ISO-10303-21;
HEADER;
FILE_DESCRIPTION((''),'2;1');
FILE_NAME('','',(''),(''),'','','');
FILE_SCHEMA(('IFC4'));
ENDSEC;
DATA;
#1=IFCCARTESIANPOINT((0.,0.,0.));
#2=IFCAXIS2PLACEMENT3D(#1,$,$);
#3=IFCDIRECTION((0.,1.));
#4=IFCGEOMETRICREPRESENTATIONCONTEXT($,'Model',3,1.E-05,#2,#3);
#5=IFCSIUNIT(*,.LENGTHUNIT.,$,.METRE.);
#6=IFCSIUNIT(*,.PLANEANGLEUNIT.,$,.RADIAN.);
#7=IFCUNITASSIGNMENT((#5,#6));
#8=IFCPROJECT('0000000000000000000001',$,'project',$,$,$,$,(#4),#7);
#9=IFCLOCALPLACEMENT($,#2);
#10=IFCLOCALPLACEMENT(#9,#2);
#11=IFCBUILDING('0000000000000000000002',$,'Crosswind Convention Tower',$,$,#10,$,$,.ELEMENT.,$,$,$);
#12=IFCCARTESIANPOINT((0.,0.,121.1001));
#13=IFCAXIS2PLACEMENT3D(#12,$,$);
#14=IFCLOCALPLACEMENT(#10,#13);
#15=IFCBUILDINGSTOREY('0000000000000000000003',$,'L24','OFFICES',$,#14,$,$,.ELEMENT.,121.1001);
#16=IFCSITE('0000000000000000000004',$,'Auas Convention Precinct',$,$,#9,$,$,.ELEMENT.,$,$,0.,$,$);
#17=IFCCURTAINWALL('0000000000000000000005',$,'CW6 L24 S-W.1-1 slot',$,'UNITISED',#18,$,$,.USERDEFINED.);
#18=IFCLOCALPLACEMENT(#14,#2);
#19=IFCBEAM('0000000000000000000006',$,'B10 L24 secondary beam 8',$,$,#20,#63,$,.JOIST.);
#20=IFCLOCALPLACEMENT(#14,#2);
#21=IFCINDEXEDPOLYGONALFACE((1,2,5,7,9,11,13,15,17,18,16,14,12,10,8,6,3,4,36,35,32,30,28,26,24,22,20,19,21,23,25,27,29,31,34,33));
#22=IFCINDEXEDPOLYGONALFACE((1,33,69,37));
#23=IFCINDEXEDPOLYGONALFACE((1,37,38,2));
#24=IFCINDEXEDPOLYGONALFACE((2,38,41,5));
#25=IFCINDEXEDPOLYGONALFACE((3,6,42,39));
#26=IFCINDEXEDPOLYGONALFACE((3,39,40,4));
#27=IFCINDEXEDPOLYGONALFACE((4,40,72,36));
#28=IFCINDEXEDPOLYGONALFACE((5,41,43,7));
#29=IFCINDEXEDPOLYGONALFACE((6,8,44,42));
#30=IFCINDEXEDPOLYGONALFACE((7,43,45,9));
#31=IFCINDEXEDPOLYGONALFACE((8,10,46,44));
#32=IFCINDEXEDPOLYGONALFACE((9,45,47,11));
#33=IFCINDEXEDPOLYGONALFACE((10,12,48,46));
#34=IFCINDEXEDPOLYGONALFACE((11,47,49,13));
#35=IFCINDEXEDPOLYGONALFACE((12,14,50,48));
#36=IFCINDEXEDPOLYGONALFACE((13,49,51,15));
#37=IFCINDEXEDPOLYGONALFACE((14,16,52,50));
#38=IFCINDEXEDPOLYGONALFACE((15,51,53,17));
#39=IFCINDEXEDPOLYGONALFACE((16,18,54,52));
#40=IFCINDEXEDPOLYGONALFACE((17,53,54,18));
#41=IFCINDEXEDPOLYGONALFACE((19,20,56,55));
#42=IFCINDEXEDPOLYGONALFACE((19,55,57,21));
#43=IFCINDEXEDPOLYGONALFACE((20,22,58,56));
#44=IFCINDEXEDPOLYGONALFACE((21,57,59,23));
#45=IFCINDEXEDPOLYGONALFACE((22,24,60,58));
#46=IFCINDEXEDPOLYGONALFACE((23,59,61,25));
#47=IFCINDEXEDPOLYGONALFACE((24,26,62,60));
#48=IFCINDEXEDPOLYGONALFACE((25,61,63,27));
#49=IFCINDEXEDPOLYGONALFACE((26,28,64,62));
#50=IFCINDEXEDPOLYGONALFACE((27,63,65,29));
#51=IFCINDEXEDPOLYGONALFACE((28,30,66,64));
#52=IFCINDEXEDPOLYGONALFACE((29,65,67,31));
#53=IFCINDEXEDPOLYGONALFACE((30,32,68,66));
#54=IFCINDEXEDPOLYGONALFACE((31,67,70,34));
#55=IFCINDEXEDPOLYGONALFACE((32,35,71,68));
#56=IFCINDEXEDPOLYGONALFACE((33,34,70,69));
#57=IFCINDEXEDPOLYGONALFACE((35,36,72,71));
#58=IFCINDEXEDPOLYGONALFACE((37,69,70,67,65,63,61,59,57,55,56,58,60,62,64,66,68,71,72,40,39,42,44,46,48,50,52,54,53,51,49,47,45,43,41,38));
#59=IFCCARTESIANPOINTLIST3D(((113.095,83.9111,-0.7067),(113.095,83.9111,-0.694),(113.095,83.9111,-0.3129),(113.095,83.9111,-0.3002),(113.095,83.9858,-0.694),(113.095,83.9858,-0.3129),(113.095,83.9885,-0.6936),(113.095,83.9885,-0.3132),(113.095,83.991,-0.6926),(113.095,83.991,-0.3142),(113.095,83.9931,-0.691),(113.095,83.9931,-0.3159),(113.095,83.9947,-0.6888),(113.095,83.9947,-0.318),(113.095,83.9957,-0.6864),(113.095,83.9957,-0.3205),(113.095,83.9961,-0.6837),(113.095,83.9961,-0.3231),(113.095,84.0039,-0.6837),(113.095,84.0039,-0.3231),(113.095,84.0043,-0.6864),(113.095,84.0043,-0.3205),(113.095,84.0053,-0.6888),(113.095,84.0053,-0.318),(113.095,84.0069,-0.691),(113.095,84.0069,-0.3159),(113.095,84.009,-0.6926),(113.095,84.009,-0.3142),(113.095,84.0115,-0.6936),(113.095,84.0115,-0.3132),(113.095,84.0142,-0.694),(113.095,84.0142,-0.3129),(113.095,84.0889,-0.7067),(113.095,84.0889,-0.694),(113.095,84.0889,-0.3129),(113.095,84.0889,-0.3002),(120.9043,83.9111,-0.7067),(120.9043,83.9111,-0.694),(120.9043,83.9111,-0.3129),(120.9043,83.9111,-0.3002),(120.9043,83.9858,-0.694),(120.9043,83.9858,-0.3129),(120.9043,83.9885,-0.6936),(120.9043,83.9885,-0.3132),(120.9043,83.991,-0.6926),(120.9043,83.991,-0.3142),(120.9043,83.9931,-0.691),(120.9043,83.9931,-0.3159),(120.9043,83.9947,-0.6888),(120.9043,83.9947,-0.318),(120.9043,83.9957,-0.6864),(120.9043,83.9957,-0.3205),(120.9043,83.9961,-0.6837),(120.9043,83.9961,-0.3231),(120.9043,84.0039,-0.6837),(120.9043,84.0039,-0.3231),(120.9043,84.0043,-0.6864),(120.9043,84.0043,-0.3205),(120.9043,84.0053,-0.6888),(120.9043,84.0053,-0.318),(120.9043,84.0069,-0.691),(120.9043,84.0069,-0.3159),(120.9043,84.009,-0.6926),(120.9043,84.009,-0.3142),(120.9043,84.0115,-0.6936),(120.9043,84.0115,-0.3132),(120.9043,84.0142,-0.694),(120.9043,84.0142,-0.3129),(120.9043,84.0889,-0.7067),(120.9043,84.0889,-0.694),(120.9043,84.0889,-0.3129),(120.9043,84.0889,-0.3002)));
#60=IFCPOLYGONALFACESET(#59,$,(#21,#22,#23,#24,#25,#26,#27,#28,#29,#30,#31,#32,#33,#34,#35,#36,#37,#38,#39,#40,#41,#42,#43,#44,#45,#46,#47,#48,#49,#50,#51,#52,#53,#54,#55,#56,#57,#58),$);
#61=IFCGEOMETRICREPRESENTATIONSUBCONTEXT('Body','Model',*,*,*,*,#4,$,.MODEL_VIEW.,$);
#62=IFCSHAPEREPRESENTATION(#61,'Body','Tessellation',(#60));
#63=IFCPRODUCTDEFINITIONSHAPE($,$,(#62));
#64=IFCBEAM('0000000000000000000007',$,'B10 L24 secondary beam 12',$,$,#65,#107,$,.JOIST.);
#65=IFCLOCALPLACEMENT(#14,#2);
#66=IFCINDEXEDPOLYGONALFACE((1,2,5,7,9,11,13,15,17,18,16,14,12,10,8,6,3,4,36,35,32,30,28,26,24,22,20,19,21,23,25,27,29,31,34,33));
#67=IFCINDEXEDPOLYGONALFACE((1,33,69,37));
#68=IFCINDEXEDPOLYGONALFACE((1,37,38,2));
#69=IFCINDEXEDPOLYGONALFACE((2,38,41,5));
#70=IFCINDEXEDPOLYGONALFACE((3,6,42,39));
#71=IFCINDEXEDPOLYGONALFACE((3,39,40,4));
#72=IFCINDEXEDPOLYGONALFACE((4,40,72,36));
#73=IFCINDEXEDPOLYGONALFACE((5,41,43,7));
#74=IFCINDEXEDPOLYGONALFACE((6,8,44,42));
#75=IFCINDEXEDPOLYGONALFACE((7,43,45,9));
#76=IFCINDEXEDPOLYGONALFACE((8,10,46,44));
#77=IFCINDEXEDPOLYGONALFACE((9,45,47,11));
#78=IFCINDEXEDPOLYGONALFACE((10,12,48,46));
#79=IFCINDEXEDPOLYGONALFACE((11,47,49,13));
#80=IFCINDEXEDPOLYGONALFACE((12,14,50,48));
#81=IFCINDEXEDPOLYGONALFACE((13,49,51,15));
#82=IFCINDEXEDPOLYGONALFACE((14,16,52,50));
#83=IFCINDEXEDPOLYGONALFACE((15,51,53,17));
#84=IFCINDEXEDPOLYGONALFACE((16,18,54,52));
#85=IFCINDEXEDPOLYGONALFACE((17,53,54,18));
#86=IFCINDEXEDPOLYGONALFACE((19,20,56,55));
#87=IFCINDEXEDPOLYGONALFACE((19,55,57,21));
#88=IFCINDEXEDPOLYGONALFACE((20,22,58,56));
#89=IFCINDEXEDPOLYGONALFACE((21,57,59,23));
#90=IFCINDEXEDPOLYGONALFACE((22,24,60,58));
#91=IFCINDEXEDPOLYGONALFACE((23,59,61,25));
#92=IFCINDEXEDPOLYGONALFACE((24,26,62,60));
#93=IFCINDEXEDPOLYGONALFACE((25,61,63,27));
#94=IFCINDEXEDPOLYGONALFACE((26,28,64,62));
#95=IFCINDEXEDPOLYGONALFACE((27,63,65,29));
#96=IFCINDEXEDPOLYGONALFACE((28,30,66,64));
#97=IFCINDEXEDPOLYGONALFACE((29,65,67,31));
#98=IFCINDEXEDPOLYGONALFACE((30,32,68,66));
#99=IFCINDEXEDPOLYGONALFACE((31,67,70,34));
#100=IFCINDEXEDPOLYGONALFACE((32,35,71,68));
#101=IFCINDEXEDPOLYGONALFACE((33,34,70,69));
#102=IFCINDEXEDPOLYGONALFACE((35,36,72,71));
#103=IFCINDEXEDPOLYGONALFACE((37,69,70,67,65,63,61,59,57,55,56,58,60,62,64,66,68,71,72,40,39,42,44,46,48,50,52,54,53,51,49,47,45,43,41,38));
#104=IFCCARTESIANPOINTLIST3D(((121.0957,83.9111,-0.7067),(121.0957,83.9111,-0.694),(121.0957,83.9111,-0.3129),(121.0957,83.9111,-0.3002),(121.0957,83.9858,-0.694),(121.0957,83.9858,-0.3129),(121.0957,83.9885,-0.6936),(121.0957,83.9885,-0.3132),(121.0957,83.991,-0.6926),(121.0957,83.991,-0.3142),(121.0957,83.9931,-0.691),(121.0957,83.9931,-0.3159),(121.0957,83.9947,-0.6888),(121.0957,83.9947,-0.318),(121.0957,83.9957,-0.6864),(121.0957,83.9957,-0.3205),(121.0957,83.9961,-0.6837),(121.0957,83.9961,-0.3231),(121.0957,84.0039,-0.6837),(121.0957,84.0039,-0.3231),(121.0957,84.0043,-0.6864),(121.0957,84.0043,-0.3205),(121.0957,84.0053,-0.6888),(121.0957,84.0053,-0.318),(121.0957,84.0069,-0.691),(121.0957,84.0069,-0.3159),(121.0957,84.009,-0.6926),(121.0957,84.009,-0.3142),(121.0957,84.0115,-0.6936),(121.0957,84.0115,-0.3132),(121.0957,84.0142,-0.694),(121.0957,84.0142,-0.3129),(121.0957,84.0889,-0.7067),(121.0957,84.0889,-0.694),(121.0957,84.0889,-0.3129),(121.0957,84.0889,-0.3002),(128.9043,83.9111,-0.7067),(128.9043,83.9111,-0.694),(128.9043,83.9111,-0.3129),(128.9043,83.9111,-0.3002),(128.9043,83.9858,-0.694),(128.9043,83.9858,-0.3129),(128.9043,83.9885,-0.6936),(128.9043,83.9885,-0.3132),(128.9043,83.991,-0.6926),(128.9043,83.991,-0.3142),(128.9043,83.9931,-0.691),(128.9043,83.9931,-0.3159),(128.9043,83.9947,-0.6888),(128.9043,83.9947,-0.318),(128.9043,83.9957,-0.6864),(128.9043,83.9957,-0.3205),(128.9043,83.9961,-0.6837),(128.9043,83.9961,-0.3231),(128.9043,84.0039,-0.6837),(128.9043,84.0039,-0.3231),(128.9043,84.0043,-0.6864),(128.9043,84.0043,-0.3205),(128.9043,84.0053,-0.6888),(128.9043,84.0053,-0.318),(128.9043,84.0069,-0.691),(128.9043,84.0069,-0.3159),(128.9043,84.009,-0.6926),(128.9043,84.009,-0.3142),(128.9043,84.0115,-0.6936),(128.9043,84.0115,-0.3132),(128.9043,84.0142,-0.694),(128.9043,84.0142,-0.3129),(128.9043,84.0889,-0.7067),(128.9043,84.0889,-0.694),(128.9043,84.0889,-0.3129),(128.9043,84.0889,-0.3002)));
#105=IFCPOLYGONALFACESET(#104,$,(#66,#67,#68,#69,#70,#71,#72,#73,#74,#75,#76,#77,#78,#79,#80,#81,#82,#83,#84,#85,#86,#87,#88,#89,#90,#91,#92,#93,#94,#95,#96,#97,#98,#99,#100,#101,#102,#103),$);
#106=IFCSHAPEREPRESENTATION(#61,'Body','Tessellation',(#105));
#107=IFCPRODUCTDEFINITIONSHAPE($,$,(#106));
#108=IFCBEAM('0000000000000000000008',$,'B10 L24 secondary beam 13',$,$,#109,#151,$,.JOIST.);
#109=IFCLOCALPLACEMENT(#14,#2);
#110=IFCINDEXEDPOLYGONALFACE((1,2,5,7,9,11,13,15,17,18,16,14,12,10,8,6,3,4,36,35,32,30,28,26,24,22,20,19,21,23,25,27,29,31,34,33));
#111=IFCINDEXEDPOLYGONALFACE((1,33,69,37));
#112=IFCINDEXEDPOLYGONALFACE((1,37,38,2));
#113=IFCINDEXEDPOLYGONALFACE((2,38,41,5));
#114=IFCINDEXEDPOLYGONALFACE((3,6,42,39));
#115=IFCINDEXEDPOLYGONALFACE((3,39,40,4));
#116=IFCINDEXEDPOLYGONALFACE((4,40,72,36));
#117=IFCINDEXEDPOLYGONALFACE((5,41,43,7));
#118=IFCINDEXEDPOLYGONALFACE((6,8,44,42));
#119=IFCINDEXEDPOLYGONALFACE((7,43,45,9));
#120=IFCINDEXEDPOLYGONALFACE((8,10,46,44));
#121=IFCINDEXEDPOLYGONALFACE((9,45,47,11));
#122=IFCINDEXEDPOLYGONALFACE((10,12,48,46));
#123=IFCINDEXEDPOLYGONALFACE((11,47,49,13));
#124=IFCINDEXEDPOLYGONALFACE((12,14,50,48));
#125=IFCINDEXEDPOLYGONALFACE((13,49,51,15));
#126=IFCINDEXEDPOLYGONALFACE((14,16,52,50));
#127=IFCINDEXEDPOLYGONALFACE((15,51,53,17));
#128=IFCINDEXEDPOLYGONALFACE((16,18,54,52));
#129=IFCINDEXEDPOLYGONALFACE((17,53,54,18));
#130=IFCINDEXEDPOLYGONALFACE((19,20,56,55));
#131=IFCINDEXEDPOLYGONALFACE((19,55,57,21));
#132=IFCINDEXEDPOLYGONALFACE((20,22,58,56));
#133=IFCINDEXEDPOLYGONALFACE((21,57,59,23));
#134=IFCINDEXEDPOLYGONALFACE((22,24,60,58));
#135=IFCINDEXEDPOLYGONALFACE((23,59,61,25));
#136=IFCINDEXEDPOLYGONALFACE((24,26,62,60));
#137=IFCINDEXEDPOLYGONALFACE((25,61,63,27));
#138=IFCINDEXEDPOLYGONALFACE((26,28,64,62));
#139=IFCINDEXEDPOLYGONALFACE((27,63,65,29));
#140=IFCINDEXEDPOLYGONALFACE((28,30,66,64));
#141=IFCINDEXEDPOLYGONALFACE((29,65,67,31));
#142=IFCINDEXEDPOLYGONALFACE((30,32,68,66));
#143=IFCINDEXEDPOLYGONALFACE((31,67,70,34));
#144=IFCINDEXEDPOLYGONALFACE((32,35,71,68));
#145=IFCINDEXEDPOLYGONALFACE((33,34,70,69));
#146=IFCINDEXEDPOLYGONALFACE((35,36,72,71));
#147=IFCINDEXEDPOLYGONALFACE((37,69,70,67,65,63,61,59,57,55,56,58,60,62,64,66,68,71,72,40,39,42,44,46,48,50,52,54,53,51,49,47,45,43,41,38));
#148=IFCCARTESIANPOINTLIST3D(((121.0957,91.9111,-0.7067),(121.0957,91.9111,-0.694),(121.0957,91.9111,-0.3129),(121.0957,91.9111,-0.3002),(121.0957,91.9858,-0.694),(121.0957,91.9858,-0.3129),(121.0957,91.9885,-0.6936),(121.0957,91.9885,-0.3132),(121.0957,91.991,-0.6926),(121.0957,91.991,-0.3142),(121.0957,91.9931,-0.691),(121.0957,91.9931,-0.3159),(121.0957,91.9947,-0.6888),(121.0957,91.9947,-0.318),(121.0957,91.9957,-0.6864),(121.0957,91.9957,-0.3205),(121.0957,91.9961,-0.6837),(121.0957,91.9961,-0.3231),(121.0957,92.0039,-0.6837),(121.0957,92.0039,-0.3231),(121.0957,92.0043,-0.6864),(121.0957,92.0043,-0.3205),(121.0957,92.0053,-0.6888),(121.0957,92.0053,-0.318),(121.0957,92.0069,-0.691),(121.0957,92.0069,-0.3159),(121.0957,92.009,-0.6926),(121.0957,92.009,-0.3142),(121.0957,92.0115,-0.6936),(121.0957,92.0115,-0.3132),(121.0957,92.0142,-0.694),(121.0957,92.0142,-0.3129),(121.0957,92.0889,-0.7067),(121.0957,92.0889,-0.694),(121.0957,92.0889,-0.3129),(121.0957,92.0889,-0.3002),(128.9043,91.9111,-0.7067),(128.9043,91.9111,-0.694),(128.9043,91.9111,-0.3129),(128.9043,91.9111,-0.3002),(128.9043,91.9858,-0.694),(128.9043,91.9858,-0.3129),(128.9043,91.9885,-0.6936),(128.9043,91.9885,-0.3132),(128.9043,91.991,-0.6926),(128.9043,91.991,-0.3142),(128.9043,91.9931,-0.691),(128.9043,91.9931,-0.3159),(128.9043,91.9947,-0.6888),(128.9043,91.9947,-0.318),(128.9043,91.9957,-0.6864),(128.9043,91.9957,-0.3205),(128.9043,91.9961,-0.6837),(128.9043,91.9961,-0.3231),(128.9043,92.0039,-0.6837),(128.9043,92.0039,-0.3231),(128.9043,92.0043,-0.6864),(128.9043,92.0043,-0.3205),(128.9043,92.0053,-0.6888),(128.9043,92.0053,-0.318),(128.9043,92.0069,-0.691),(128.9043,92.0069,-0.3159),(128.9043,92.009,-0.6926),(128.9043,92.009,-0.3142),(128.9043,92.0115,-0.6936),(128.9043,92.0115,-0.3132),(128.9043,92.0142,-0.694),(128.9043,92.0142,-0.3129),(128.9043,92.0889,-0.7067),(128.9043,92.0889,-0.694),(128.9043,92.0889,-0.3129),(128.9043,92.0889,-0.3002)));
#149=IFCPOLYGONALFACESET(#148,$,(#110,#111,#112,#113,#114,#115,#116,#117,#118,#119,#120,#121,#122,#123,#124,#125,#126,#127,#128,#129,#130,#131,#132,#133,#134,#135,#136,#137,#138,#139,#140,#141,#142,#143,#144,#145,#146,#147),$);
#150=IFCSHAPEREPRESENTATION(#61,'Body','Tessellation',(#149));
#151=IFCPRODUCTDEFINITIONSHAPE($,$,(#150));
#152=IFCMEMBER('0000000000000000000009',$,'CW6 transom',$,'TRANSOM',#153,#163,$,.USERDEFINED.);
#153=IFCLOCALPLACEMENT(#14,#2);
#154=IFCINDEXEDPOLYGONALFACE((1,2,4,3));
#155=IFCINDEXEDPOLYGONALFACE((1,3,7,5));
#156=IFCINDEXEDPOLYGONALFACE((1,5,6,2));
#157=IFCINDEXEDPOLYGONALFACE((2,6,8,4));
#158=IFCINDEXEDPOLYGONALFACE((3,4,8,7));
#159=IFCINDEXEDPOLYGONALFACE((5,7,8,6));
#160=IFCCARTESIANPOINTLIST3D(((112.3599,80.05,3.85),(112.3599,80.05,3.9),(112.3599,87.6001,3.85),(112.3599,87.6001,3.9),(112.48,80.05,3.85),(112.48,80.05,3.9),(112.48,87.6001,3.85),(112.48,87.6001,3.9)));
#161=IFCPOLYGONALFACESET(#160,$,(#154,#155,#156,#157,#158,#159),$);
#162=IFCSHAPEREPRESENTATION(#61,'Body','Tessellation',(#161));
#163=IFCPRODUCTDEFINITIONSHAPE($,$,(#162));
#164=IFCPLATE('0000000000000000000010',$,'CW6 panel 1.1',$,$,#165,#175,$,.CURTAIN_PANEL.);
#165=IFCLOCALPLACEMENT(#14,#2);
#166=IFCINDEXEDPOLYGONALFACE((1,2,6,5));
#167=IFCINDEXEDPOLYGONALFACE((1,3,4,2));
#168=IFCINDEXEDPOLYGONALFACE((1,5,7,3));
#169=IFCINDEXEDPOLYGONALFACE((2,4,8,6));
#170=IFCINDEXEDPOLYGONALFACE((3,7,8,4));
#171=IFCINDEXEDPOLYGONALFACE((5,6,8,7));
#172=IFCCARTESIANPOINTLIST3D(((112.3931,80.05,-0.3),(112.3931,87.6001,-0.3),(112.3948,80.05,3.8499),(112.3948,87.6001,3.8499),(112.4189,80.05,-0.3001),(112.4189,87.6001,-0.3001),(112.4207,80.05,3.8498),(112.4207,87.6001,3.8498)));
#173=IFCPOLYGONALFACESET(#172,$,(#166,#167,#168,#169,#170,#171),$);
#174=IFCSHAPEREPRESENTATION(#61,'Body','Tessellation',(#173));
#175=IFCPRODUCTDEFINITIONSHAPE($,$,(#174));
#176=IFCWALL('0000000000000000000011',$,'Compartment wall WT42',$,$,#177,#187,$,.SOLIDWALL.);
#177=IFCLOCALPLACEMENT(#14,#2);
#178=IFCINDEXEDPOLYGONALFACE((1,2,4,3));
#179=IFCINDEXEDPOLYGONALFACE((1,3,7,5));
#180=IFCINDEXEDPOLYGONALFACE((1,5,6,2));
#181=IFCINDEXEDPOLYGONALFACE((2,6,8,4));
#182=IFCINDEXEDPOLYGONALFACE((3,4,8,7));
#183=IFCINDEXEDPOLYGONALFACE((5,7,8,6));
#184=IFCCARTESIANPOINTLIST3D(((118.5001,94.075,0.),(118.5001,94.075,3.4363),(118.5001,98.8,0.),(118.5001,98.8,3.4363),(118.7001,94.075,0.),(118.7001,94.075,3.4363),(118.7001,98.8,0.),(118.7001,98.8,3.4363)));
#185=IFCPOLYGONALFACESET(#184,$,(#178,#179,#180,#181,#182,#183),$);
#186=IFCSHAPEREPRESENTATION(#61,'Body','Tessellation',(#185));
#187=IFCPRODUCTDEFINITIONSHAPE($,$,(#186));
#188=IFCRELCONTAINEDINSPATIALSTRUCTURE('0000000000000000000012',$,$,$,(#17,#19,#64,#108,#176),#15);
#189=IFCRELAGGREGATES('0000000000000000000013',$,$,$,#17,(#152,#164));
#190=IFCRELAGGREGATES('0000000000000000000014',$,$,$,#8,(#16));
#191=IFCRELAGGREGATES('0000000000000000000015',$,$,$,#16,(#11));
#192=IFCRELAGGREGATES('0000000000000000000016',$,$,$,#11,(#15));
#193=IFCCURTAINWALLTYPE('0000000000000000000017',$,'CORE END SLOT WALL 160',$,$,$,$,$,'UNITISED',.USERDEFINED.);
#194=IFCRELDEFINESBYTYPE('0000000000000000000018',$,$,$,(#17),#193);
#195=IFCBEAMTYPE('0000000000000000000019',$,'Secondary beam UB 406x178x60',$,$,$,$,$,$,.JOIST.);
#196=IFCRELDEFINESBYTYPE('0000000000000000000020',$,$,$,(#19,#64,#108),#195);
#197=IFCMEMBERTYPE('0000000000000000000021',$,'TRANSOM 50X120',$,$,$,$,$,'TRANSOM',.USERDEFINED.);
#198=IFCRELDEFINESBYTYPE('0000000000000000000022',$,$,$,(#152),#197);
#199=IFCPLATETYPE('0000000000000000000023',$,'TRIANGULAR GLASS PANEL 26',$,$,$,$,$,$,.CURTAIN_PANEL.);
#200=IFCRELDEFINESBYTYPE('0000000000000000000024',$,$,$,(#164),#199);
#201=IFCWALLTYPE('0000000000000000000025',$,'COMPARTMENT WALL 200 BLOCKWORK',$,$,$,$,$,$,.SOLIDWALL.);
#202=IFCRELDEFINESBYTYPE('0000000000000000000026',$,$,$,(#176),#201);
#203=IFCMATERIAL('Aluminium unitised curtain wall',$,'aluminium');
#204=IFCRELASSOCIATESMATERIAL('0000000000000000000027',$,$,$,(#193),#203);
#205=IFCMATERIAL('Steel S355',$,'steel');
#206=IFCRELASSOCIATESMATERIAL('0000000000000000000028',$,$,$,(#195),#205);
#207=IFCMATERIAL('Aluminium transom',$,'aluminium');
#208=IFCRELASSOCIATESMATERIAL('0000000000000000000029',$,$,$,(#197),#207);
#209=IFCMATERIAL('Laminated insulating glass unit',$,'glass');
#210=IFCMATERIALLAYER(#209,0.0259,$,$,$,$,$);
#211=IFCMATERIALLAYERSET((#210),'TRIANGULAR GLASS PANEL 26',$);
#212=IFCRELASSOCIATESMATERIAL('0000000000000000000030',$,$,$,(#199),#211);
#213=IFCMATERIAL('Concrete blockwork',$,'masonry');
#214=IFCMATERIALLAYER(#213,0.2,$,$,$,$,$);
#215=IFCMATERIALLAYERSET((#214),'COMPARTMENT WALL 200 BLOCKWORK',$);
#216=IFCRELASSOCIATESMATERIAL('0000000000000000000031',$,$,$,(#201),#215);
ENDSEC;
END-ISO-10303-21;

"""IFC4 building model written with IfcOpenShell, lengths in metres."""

from ifc_helpers import new_model, si_unit, direction, frame, frame_2d, origin, origin_2d, place, context, subcontext, project, spatial, polyline, rectangle, i_section, outline, extrude, material, layer, layer_set, material_profile, profile_set, type_object, element, aggregate, save


model = new_model("IFC4")

# Units and contexts
model_context = context("Model", 3, precision=1e-05, world=origin(), true_north=direction((0.0, 1.0)))
body_context = subcontext(model_context, "Body", "Model", "MODEL_VIEW")
ifc_project = project(units=[si_unit("LENGTHUNIT", "METRE"), si_unit("PLANEANGLEUNIT", "RADIAN")], contexts=[model_context])

# Site, building, storey
site_placement = place(None, origin())
site = spatial("IfcSite", under=ifc_project, at=site_placement, Name="Auas Convention Precinct", CompositionType="ELEMENT", RefElevation=0.0)
building_placement = place(site_placement, origin())
building = spatial("IfcBuilding", under=site, at=building_placement, Name="Crosswind Convention Tower", CompositionType="ELEMENT")
storey_placement = place(building_placement, frame((0.0, 0.0, 121.1001)))
storey = spatial("IfcBuildingStorey", under=building, at=storey_placement, Name="L24", Description="OFFICES", CompositionType="ELEMENT", Elevation=121.1001)

# Shared definitions
ifc_material_1 = material(Name="Steel S355", Category="steel")

# Curtain wall
ifc_material_2 = material(Name="Aluminium unitised curtain wall", Category="aluminium")
curtain_wall_type = type_object("IfcCurtainWallType", Name="CORE END SLOT WALL 160", ElementType="UNITISED", PredefinedType="USERDEFINED", material=ifc_material_2)
curtain_wall_placement = place(storey_placement, origin())
curtain_wall = element("IfcCurtainWall", 1, at=curtain_wall_placement, inside=storey, type_object=curtain_wall_type, Name="CW6 L24 S-W.1-1 slot", ObjectType="UNITISED", PredefinedType="USERDEFINED")

# Beams
ifc_material_profile_1 = material_profile(ifc_material_1, i_section(OverallWidth=0.1777, OverallDepth=0.4065, WebThickness=0.0078, FlangeThickness=0.0127, FilletRadius=0.0103, at=origin_2d()), Name="UB 406x178x60")
ifc_profile_set_1 = profile_set([ifc_material_profile_1], Name="Steel S355")
beam_type_1 = type_object("IfcBeamType", Name="Secondary beam UB 406x178x60", PredefinedType="JOIST", material=ifc_profile_set_1)
beam_1_placement = place(storey_placement, frame((113.095, 84.0, -0.5034), z_axis=(1.0, 0.0, 0.0), x_axis=(0.0, 1.0, 0.0)))
element("IfcBeam", 2, at=beam_1_placement, inside=storey, type_object=beam_type_1, Name="B10 L24 secondary beam 8", PredefinedType="JOIST", context=body_context, shape_type="SweptSolid", body=[
    extrude(i_section(OverallWidth=0.1777, OverallDepth=0.4065, WebThickness=0.0078, FlangeThickness=0.0127, FilletRadius=0.0103, at=origin_2d()), origin(), (0.0, 0.0, 1.0), 7.8093),
])
for number, where, z_axis, x_axis, name in (
    (3, (121.0957, 84.0, -0.5034), (1.0, 0.0, 0.0), (0.0, 1.0, 0.0), "B10 L24 secondary beam 12"),
    (4, (121.0957, 92.0, -0.5034), (1.0, 0.0, 0.0), (0.0, 1.0, 0.0), "B10 L24 secondary beam 13"),
):
    element("IfcBeam", number, at=place(storey_placement, frame(where, z_axis=z_axis, x_axis=x_axis)), inside=storey, type_object=beam_type_1, Name=name, PredefinedType="JOIST", context=body_context, shape_type="SweptSolid", body=[
        extrude(i_section(OverallWidth=0.1777, OverallDepth=0.4065, WebThickness=0.0078, FlangeThickness=0.0127, FilletRadius=0.0103, at=origin_2d()), origin(), (0.0, 0.0, 1.0), 7.8086),
    ])

# Member
ifc_material_3 = material(Name="Aluminium transom", Category="aluminium")
ifc_material_profile_2 = material_profile(ifc_material_3, rectangle(XDim=0.1201, YDim=0.05, at=origin_2d()), Name="AL 120X50")
ifc_profile_set_2 = profile_set([ifc_material_profile_2], Name="Aluminium transom")
member_type_1 = type_object("IfcMemberType", Name="TRANSOM 50X120", ElementType="TRANSOM", PredefinedType="USERDEFINED", material=ifc_profile_set_2)
member_1_placement = place(storey_placement, frame((112.4199, 87.6001, 3.875), z_axis=(0.0, -1.0, 0.0), x_axis=(1.0, 0.0, 0.0)))
member_1 = element("IfcMember", 5, at=member_1_placement, type_object=member_type_1, Name="CW6 transom", ObjectType="TRANSOM", PredefinedType="USERDEFINED", context=body_context, shape_type="SweptSolid", body=[
    extrude(rectangle(XDim=0.1201, YDim=0.05, at=origin_2d()), origin(), (0.0, 0.0, 1.0), 7.55),
])

# Plate
ifc_material_4 = material(Name="Laminated insulating glass unit", Category="glass")
ifc_layer_1 = layer(ifc_material_4, 0.0259)
ifc_layer_set_1 = layer_set([ifc_layer_1], Name="TRIANGULAR GLASS PANEL 26")
plate_type = type_object("IfcPlateType", Name="TRIANGULAR GLASS PANEL 26", PredefinedType="CURTAIN_PANEL", material=ifc_layer_set_1)
plate_placement = place(storey_placement, frame((112.3931, 87.6001, -0.3), z_axis=(-1.0, 0.0, 0.000412), x_axis=(0.0, -1.0, 0.0)))
plate = element("IfcPlate", 6, at=plate_placement, type_object=plate_type, Name="CW6 panel 1.1", PredefinedType="CURTAIN_PANEL", context=body_context, shape_type="SweptSolid", body=[
    extrude(outline(polyline([(0.0, 0.0), (7.55, 0.0), (7.55, 4.1499), (0.0, 4.1499), (0.0, 0.0)])), origin(), (0.0, 0.0, -1.0), 0.0259),
])
aggregate(curtain_wall, [member_1, plate])

# Wall
ifc_material_5 = material(Name="Concrete blockwork", Category="masonry")
ifc_layer_2 = layer(ifc_material_5, 0.2)
ifc_layer_set_2 = layer_set([ifc_layer_2], Name="COMPARTMENT WALL 200 BLOCKWORK")
wall_type_1 = type_object("IfcWallType", Name="COMPARTMENT WALL 200 BLOCKWORK", PredefinedType="SOLIDWALL", material=ifc_layer_set_2)
wall_1_placement = place(storey_placement, frame((118.6001, 94.075, 0.0), z_axis=(0.0, 0.0, 1.0), x_axis=(0.0, 1.0, 0.0)))
element("IfcWall", 7, at=wall_1_placement, inside=storey, type_object=wall_type_1, Name="Compartment wall WT42", PredefinedType="SOLIDWALL", context=body_context, shape_type="SweptSolid", body=[
    extrude(rectangle(XDim=4.7251, YDim=0.2, at=frame_2d((2.3625, 0.0))), origin(), (0.0, 0.0, 1.0), 3.4363),
])

save(model, "model.ifc")
